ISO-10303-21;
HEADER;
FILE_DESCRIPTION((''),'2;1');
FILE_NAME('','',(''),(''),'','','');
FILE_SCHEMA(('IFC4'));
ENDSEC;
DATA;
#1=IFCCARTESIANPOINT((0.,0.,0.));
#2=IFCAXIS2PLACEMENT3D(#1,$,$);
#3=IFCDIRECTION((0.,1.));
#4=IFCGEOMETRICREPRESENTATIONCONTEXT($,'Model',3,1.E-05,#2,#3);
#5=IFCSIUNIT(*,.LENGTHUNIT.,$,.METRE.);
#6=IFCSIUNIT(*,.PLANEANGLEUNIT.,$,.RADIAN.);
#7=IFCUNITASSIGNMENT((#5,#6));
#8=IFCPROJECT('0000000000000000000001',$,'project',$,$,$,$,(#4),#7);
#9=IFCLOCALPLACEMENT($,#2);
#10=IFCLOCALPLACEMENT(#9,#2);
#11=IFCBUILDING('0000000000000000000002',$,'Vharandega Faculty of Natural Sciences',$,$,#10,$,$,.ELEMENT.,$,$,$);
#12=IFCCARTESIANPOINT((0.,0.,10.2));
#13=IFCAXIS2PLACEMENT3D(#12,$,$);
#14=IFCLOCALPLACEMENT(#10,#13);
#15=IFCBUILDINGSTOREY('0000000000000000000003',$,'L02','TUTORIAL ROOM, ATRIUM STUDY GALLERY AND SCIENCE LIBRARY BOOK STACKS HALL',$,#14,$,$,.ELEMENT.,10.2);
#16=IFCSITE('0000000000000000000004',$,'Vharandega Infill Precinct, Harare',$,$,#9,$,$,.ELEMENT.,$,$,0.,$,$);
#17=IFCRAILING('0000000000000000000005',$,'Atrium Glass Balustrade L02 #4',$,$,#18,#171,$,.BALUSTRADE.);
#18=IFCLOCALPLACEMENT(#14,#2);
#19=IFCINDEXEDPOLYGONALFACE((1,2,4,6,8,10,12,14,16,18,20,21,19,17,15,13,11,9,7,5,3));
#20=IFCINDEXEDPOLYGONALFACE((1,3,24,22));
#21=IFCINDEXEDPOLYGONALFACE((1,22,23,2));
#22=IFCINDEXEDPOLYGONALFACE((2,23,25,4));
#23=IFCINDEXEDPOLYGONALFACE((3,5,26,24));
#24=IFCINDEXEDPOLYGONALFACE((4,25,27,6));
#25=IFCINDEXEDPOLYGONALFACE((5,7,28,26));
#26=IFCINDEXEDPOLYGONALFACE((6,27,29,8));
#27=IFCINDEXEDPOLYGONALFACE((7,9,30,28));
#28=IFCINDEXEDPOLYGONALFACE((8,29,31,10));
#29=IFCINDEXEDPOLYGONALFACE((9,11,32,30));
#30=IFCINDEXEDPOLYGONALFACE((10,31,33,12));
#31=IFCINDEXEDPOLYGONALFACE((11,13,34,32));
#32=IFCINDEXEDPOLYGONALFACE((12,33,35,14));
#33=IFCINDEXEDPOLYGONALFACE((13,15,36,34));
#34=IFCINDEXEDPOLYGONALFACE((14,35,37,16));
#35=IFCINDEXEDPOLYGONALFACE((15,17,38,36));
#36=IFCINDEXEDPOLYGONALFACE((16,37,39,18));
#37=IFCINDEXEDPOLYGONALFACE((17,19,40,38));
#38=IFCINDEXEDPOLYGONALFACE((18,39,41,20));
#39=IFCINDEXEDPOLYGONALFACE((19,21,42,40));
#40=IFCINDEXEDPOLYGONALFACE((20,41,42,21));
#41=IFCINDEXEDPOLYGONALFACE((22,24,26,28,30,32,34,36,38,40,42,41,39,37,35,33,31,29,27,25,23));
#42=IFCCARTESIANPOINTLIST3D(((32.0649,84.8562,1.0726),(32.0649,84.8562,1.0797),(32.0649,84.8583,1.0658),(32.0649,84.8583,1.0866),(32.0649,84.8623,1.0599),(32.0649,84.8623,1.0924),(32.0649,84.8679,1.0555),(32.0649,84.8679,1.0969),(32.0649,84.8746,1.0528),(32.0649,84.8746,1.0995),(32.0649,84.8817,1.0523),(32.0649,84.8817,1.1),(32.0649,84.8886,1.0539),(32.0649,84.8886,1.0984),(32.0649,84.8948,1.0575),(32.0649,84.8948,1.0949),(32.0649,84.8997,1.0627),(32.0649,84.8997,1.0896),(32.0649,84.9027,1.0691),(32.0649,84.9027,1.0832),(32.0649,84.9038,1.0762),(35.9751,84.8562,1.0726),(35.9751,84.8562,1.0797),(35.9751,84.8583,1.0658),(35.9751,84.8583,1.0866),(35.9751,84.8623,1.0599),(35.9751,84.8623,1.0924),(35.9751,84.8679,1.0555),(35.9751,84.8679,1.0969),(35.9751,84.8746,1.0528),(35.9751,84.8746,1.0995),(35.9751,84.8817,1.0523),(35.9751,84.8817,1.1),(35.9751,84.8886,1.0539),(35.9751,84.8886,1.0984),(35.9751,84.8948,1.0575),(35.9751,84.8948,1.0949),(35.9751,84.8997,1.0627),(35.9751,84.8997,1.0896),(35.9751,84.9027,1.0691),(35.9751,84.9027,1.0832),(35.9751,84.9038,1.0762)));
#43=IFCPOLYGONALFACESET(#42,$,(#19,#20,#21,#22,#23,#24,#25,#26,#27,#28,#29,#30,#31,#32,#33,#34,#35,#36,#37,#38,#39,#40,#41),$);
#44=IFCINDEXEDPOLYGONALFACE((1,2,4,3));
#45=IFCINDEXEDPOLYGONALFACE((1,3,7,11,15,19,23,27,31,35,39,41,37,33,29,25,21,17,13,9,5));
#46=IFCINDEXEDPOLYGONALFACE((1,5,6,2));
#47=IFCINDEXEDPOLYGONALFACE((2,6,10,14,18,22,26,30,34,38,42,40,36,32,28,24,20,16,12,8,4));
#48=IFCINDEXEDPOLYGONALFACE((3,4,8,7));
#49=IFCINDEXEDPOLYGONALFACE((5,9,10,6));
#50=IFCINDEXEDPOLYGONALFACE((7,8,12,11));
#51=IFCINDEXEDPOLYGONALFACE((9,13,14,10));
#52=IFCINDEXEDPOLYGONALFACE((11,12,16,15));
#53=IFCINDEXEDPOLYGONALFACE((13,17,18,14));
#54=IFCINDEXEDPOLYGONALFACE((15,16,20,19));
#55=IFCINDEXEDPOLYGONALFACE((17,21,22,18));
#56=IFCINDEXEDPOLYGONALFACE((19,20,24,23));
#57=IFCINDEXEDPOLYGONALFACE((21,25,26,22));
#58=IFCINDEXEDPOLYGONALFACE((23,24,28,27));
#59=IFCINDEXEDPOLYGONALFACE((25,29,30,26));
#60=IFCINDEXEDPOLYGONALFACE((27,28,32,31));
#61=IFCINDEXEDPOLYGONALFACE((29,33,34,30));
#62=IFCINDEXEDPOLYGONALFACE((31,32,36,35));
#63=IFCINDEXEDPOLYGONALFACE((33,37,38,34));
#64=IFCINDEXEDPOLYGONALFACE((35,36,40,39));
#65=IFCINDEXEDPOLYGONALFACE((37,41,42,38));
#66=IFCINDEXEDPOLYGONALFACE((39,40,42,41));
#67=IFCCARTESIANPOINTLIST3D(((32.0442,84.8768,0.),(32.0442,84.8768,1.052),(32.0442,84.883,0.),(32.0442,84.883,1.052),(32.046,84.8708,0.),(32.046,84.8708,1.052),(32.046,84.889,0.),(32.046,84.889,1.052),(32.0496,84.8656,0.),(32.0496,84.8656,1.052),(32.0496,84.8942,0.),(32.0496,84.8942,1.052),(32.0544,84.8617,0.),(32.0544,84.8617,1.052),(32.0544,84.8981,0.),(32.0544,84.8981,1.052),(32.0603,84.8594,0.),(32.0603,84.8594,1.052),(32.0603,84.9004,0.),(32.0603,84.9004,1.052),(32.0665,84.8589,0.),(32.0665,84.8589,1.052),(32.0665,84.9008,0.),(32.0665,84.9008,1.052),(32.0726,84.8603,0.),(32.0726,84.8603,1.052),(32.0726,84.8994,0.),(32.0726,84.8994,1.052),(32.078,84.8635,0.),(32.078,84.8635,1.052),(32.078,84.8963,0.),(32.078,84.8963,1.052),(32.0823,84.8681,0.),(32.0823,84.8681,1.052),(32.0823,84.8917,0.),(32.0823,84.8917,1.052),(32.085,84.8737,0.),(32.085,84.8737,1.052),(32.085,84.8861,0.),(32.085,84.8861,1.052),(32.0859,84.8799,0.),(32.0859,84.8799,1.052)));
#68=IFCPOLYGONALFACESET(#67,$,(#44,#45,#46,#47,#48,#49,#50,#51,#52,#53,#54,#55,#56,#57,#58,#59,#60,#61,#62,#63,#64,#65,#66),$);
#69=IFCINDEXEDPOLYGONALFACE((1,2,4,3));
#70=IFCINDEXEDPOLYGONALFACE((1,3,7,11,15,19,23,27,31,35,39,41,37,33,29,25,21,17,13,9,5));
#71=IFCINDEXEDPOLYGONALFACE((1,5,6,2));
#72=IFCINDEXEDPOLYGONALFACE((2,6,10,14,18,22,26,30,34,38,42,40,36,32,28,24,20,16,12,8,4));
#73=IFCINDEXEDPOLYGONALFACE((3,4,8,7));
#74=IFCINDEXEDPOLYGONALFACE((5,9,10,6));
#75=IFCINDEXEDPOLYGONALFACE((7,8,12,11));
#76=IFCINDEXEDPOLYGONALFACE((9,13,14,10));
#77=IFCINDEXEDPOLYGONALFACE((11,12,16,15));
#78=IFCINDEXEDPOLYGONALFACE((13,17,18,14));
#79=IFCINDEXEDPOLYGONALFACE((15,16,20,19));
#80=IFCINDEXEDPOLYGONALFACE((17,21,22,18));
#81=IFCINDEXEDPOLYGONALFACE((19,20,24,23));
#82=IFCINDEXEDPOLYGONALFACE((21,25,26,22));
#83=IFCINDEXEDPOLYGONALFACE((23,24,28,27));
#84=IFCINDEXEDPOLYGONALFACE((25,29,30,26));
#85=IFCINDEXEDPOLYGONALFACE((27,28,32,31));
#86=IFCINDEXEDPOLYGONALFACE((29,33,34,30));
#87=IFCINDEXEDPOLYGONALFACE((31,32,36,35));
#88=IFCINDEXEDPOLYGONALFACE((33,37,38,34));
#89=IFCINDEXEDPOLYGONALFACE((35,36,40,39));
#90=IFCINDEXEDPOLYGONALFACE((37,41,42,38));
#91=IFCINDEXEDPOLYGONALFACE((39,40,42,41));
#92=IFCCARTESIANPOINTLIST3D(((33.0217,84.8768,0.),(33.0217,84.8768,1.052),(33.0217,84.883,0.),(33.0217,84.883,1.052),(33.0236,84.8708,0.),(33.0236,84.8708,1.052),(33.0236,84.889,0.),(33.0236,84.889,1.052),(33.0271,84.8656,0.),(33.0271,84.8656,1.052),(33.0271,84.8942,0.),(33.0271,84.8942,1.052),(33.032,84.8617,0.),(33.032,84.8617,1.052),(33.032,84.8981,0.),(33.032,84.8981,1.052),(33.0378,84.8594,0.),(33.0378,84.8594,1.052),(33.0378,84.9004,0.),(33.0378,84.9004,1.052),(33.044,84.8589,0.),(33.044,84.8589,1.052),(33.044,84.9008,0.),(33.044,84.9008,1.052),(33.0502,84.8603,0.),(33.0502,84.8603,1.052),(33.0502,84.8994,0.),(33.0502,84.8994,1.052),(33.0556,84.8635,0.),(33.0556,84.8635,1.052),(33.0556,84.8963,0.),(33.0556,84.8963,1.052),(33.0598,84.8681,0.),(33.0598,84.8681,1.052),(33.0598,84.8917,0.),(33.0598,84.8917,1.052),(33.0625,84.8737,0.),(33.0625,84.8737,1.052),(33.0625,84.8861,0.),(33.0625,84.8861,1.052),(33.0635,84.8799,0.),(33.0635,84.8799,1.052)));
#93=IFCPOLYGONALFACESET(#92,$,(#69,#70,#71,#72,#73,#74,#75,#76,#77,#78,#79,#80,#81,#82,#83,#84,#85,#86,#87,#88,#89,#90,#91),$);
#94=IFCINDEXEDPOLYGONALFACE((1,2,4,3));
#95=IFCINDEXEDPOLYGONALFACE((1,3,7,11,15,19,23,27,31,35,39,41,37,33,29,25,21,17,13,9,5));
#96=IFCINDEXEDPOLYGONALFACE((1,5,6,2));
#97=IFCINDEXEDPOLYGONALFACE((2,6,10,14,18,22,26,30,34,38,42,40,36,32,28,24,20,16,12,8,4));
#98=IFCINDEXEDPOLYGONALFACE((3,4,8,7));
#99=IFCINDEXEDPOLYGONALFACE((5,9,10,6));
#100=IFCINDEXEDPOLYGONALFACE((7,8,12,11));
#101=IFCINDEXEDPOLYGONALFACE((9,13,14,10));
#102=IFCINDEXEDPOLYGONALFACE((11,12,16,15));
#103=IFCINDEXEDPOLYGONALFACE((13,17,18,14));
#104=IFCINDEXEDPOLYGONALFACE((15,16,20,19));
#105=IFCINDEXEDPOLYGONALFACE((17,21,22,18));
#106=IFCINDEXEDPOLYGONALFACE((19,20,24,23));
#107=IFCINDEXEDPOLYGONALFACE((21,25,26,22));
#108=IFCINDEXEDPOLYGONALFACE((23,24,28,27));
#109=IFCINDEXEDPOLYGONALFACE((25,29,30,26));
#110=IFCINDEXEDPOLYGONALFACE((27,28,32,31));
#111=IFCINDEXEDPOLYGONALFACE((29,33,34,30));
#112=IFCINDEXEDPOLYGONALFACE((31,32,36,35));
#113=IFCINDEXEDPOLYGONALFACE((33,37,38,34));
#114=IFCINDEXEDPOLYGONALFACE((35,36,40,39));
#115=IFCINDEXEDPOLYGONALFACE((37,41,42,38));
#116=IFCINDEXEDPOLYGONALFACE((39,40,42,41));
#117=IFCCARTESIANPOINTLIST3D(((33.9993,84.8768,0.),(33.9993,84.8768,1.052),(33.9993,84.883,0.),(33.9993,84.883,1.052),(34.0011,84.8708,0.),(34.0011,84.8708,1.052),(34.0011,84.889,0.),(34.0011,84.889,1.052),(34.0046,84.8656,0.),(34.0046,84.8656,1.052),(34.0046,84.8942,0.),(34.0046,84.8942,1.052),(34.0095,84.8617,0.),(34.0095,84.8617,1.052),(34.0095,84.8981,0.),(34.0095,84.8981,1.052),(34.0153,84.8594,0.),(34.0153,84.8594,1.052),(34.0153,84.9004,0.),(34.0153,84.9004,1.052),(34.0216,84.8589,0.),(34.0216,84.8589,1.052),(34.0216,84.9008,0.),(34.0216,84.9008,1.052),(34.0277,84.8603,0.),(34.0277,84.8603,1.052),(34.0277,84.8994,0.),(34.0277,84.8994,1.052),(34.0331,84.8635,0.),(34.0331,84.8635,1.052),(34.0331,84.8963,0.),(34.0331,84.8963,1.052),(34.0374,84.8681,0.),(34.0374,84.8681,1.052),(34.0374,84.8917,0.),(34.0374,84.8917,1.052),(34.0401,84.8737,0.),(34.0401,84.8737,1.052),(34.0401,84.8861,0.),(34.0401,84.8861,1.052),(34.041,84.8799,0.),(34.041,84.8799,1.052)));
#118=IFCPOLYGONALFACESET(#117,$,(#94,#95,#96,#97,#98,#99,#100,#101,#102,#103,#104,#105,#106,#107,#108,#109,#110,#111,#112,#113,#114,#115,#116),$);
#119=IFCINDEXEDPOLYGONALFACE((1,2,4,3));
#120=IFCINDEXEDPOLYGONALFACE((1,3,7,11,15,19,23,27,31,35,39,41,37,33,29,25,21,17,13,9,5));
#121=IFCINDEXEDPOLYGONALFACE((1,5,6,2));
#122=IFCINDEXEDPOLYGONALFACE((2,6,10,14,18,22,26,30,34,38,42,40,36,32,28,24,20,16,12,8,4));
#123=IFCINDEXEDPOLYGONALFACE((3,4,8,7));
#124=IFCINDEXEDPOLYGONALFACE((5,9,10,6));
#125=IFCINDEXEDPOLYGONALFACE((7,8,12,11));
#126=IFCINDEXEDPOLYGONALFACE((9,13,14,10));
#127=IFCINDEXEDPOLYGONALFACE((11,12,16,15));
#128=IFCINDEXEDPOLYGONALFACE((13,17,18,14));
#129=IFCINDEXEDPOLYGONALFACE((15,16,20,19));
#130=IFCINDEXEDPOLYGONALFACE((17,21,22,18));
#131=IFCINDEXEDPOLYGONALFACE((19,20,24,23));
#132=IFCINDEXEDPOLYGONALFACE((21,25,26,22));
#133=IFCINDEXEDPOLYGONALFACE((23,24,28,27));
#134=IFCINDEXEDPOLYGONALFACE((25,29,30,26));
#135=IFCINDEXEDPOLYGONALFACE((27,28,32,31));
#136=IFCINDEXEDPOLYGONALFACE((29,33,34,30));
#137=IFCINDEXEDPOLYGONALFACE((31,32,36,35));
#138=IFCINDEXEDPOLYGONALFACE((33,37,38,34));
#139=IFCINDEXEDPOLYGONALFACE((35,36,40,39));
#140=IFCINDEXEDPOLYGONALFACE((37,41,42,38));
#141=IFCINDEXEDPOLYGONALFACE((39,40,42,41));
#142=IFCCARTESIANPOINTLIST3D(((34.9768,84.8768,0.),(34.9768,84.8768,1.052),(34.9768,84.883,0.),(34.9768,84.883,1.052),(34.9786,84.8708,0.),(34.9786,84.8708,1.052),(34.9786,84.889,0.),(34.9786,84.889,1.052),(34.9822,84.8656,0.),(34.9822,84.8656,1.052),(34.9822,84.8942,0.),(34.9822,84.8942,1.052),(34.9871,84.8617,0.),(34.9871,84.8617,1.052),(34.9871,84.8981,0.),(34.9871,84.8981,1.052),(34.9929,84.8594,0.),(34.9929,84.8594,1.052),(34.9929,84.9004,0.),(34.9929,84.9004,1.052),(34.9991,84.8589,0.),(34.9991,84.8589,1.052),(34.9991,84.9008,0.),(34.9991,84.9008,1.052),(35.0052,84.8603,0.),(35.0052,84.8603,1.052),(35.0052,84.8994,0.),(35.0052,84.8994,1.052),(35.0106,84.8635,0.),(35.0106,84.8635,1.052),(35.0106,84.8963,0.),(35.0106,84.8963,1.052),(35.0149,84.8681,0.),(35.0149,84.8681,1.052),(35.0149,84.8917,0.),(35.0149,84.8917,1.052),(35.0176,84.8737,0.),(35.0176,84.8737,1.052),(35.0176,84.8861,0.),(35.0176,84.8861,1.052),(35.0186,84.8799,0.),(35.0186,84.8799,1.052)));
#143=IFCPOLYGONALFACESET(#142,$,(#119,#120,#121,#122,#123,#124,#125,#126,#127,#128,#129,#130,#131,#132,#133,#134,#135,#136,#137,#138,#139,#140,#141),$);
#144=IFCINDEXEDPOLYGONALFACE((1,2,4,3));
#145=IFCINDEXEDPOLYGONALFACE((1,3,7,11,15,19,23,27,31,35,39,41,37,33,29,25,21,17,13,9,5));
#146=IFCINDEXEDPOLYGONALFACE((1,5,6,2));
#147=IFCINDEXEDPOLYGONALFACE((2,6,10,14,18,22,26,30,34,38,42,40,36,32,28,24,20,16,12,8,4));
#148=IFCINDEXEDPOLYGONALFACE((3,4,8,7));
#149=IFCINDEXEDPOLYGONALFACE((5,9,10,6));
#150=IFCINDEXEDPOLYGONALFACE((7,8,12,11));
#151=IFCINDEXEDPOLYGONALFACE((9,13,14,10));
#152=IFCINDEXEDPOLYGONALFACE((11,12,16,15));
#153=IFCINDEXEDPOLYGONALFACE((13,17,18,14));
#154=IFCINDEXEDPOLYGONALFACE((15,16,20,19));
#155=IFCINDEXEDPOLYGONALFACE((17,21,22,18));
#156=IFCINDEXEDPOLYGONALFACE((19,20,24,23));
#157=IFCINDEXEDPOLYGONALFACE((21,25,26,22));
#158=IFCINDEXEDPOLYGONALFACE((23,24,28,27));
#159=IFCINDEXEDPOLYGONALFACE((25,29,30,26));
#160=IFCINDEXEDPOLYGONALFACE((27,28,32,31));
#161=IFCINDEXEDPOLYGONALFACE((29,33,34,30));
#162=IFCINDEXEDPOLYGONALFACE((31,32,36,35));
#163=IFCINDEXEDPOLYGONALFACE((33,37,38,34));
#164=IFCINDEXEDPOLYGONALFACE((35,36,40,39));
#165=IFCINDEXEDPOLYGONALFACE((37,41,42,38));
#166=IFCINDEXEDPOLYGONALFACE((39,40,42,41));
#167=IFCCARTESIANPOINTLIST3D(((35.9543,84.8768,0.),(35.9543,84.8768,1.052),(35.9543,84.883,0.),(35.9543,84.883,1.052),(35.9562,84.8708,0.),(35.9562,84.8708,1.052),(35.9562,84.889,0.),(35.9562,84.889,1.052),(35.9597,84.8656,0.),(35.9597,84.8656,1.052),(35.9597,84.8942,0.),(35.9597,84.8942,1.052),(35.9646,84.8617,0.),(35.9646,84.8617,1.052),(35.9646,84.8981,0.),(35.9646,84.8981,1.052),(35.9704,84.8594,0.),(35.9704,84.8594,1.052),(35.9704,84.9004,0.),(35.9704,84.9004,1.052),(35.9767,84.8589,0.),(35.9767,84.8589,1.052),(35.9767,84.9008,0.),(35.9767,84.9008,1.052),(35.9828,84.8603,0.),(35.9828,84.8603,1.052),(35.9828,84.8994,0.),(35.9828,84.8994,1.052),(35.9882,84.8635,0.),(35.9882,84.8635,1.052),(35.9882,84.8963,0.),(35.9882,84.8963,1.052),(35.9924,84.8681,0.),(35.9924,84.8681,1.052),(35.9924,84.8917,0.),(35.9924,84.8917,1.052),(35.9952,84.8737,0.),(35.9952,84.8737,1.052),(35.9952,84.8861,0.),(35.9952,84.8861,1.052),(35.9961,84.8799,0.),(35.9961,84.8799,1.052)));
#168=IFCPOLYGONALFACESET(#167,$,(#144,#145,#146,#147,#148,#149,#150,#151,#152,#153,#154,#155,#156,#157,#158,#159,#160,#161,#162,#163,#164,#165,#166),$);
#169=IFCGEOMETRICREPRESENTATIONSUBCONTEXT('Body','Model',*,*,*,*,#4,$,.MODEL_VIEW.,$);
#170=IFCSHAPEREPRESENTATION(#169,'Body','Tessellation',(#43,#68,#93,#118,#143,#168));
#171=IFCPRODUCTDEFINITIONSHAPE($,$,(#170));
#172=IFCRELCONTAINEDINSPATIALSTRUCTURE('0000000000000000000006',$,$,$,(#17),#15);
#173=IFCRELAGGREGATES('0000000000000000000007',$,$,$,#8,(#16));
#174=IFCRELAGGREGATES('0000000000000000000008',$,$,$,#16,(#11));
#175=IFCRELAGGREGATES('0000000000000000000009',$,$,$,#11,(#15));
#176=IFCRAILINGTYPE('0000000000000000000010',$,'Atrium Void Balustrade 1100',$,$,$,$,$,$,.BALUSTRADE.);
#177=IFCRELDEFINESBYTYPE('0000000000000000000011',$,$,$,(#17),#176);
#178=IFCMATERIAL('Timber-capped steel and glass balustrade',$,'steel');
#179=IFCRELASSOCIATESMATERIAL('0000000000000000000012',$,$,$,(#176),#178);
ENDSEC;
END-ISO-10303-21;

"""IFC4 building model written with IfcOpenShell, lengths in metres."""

from ifc_helpers import new_model, si_unit, direction, frame, origin, origin_2d, place, context, subcontext, project, spatial, circle, extrude, material, type_object, element, save


model = new_model("IFC4")

# Units and contexts
model_context = context("Model", 3, precision=1e-05, world=origin(), true_north=direction((0.0, 1.0)))
body_context = subcontext(model_context, "Body", "Model", "MODEL_VIEW")
ifc_project = project(units=[si_unit("LENGTHUNIT", "METRE"), si_unit("PLANEANGLEUNIT", "RADIAN")], contexts=[model_context])

# Site, building, storey
site_placement = place(None, origin())
site = spatial("IfcSite", under=ifc_project, at=site_placement, Name="Vharandega Infill Precinct, Harare", CompositionType="ELEMENT", RefElevation=0.0)
building_placement = place(site_placement, origin())
building = spatial("IfcBuilding", under=site, at=building_placement, Name="Vharandega Faculty of Natural Sciences", CompositionType="ELEMENT")
storey_placement = place(building_placement, frame((0.0, 0.0, 10.2)))
storey = spatial("IfcBuildingStorey", under=building, at=storey_placement, Name="L02", Description="TUTORIAL ROOM, ATRIUM STUDY GALLERY AND SCIENCE LIBRARY BOOK STACKS HALL", CompositionType="ELEMENT", Elevation=10.2)

# Railing
ifc_material_1 = material(Name="Timber-capped steel and glass balustrade", Category="steel")
railing_type_1 = type_object("IfcRailingType", Name="Atrium Void Balustrade 1100", PredefinedType="BALUSTRADE", material=ifc_material_1)
for number, where, name in (
    (1, (32.0649, 84.8799, 0.0), "Atrium Glass Balustrade L02 #4"),
):
    element("IfcRailing", number, at=place(storey_placement, frame(where)), inside=storey, type_object=railing_type_1, Name=name, PredefinedType="BALUSTRADE", context=body_context, shape_type="SweptSolid", body=[
        extrude(circle(Radius=0.0239, at=origin_2d()), frame((0.0, 0.0, 1.0762), z_axis=(1.0, 0.0, 0.0), x_axis=(0.0, 1.0, 0.0)), (0.0, 0.0, 1.0), 3.9102),
        extrude(circle(Radius=0.021, at=origin_2d()), origin(), (0.0, 0.0, 1.0), 1.052),
        extrude(circle(Radius=0.021, at=origin_2d()), frame((0.9775, 0.0, 0.0)), (0.0, 0.0, 1.0), 1.052),
        extrude(circle(Radius=0.021, at=origin_2d()), frame((1.9551, 0.0, 0.0)), (0.0, 0.0, 1.0), 1.052),
        extrude(circle(Radius=0.021, at=origin_2d()), frame((2.9326, 0.0, 0.0)), (0.0, 0.0, 1.0), 1.052),
        extrude(circle(Radius=0.021, at=origin_2d()), frame((3.9102, 0.0, 0.0)), (0.0, 0.0, 1.0), 1.052),
    ])

save(model, "model.ifc")
